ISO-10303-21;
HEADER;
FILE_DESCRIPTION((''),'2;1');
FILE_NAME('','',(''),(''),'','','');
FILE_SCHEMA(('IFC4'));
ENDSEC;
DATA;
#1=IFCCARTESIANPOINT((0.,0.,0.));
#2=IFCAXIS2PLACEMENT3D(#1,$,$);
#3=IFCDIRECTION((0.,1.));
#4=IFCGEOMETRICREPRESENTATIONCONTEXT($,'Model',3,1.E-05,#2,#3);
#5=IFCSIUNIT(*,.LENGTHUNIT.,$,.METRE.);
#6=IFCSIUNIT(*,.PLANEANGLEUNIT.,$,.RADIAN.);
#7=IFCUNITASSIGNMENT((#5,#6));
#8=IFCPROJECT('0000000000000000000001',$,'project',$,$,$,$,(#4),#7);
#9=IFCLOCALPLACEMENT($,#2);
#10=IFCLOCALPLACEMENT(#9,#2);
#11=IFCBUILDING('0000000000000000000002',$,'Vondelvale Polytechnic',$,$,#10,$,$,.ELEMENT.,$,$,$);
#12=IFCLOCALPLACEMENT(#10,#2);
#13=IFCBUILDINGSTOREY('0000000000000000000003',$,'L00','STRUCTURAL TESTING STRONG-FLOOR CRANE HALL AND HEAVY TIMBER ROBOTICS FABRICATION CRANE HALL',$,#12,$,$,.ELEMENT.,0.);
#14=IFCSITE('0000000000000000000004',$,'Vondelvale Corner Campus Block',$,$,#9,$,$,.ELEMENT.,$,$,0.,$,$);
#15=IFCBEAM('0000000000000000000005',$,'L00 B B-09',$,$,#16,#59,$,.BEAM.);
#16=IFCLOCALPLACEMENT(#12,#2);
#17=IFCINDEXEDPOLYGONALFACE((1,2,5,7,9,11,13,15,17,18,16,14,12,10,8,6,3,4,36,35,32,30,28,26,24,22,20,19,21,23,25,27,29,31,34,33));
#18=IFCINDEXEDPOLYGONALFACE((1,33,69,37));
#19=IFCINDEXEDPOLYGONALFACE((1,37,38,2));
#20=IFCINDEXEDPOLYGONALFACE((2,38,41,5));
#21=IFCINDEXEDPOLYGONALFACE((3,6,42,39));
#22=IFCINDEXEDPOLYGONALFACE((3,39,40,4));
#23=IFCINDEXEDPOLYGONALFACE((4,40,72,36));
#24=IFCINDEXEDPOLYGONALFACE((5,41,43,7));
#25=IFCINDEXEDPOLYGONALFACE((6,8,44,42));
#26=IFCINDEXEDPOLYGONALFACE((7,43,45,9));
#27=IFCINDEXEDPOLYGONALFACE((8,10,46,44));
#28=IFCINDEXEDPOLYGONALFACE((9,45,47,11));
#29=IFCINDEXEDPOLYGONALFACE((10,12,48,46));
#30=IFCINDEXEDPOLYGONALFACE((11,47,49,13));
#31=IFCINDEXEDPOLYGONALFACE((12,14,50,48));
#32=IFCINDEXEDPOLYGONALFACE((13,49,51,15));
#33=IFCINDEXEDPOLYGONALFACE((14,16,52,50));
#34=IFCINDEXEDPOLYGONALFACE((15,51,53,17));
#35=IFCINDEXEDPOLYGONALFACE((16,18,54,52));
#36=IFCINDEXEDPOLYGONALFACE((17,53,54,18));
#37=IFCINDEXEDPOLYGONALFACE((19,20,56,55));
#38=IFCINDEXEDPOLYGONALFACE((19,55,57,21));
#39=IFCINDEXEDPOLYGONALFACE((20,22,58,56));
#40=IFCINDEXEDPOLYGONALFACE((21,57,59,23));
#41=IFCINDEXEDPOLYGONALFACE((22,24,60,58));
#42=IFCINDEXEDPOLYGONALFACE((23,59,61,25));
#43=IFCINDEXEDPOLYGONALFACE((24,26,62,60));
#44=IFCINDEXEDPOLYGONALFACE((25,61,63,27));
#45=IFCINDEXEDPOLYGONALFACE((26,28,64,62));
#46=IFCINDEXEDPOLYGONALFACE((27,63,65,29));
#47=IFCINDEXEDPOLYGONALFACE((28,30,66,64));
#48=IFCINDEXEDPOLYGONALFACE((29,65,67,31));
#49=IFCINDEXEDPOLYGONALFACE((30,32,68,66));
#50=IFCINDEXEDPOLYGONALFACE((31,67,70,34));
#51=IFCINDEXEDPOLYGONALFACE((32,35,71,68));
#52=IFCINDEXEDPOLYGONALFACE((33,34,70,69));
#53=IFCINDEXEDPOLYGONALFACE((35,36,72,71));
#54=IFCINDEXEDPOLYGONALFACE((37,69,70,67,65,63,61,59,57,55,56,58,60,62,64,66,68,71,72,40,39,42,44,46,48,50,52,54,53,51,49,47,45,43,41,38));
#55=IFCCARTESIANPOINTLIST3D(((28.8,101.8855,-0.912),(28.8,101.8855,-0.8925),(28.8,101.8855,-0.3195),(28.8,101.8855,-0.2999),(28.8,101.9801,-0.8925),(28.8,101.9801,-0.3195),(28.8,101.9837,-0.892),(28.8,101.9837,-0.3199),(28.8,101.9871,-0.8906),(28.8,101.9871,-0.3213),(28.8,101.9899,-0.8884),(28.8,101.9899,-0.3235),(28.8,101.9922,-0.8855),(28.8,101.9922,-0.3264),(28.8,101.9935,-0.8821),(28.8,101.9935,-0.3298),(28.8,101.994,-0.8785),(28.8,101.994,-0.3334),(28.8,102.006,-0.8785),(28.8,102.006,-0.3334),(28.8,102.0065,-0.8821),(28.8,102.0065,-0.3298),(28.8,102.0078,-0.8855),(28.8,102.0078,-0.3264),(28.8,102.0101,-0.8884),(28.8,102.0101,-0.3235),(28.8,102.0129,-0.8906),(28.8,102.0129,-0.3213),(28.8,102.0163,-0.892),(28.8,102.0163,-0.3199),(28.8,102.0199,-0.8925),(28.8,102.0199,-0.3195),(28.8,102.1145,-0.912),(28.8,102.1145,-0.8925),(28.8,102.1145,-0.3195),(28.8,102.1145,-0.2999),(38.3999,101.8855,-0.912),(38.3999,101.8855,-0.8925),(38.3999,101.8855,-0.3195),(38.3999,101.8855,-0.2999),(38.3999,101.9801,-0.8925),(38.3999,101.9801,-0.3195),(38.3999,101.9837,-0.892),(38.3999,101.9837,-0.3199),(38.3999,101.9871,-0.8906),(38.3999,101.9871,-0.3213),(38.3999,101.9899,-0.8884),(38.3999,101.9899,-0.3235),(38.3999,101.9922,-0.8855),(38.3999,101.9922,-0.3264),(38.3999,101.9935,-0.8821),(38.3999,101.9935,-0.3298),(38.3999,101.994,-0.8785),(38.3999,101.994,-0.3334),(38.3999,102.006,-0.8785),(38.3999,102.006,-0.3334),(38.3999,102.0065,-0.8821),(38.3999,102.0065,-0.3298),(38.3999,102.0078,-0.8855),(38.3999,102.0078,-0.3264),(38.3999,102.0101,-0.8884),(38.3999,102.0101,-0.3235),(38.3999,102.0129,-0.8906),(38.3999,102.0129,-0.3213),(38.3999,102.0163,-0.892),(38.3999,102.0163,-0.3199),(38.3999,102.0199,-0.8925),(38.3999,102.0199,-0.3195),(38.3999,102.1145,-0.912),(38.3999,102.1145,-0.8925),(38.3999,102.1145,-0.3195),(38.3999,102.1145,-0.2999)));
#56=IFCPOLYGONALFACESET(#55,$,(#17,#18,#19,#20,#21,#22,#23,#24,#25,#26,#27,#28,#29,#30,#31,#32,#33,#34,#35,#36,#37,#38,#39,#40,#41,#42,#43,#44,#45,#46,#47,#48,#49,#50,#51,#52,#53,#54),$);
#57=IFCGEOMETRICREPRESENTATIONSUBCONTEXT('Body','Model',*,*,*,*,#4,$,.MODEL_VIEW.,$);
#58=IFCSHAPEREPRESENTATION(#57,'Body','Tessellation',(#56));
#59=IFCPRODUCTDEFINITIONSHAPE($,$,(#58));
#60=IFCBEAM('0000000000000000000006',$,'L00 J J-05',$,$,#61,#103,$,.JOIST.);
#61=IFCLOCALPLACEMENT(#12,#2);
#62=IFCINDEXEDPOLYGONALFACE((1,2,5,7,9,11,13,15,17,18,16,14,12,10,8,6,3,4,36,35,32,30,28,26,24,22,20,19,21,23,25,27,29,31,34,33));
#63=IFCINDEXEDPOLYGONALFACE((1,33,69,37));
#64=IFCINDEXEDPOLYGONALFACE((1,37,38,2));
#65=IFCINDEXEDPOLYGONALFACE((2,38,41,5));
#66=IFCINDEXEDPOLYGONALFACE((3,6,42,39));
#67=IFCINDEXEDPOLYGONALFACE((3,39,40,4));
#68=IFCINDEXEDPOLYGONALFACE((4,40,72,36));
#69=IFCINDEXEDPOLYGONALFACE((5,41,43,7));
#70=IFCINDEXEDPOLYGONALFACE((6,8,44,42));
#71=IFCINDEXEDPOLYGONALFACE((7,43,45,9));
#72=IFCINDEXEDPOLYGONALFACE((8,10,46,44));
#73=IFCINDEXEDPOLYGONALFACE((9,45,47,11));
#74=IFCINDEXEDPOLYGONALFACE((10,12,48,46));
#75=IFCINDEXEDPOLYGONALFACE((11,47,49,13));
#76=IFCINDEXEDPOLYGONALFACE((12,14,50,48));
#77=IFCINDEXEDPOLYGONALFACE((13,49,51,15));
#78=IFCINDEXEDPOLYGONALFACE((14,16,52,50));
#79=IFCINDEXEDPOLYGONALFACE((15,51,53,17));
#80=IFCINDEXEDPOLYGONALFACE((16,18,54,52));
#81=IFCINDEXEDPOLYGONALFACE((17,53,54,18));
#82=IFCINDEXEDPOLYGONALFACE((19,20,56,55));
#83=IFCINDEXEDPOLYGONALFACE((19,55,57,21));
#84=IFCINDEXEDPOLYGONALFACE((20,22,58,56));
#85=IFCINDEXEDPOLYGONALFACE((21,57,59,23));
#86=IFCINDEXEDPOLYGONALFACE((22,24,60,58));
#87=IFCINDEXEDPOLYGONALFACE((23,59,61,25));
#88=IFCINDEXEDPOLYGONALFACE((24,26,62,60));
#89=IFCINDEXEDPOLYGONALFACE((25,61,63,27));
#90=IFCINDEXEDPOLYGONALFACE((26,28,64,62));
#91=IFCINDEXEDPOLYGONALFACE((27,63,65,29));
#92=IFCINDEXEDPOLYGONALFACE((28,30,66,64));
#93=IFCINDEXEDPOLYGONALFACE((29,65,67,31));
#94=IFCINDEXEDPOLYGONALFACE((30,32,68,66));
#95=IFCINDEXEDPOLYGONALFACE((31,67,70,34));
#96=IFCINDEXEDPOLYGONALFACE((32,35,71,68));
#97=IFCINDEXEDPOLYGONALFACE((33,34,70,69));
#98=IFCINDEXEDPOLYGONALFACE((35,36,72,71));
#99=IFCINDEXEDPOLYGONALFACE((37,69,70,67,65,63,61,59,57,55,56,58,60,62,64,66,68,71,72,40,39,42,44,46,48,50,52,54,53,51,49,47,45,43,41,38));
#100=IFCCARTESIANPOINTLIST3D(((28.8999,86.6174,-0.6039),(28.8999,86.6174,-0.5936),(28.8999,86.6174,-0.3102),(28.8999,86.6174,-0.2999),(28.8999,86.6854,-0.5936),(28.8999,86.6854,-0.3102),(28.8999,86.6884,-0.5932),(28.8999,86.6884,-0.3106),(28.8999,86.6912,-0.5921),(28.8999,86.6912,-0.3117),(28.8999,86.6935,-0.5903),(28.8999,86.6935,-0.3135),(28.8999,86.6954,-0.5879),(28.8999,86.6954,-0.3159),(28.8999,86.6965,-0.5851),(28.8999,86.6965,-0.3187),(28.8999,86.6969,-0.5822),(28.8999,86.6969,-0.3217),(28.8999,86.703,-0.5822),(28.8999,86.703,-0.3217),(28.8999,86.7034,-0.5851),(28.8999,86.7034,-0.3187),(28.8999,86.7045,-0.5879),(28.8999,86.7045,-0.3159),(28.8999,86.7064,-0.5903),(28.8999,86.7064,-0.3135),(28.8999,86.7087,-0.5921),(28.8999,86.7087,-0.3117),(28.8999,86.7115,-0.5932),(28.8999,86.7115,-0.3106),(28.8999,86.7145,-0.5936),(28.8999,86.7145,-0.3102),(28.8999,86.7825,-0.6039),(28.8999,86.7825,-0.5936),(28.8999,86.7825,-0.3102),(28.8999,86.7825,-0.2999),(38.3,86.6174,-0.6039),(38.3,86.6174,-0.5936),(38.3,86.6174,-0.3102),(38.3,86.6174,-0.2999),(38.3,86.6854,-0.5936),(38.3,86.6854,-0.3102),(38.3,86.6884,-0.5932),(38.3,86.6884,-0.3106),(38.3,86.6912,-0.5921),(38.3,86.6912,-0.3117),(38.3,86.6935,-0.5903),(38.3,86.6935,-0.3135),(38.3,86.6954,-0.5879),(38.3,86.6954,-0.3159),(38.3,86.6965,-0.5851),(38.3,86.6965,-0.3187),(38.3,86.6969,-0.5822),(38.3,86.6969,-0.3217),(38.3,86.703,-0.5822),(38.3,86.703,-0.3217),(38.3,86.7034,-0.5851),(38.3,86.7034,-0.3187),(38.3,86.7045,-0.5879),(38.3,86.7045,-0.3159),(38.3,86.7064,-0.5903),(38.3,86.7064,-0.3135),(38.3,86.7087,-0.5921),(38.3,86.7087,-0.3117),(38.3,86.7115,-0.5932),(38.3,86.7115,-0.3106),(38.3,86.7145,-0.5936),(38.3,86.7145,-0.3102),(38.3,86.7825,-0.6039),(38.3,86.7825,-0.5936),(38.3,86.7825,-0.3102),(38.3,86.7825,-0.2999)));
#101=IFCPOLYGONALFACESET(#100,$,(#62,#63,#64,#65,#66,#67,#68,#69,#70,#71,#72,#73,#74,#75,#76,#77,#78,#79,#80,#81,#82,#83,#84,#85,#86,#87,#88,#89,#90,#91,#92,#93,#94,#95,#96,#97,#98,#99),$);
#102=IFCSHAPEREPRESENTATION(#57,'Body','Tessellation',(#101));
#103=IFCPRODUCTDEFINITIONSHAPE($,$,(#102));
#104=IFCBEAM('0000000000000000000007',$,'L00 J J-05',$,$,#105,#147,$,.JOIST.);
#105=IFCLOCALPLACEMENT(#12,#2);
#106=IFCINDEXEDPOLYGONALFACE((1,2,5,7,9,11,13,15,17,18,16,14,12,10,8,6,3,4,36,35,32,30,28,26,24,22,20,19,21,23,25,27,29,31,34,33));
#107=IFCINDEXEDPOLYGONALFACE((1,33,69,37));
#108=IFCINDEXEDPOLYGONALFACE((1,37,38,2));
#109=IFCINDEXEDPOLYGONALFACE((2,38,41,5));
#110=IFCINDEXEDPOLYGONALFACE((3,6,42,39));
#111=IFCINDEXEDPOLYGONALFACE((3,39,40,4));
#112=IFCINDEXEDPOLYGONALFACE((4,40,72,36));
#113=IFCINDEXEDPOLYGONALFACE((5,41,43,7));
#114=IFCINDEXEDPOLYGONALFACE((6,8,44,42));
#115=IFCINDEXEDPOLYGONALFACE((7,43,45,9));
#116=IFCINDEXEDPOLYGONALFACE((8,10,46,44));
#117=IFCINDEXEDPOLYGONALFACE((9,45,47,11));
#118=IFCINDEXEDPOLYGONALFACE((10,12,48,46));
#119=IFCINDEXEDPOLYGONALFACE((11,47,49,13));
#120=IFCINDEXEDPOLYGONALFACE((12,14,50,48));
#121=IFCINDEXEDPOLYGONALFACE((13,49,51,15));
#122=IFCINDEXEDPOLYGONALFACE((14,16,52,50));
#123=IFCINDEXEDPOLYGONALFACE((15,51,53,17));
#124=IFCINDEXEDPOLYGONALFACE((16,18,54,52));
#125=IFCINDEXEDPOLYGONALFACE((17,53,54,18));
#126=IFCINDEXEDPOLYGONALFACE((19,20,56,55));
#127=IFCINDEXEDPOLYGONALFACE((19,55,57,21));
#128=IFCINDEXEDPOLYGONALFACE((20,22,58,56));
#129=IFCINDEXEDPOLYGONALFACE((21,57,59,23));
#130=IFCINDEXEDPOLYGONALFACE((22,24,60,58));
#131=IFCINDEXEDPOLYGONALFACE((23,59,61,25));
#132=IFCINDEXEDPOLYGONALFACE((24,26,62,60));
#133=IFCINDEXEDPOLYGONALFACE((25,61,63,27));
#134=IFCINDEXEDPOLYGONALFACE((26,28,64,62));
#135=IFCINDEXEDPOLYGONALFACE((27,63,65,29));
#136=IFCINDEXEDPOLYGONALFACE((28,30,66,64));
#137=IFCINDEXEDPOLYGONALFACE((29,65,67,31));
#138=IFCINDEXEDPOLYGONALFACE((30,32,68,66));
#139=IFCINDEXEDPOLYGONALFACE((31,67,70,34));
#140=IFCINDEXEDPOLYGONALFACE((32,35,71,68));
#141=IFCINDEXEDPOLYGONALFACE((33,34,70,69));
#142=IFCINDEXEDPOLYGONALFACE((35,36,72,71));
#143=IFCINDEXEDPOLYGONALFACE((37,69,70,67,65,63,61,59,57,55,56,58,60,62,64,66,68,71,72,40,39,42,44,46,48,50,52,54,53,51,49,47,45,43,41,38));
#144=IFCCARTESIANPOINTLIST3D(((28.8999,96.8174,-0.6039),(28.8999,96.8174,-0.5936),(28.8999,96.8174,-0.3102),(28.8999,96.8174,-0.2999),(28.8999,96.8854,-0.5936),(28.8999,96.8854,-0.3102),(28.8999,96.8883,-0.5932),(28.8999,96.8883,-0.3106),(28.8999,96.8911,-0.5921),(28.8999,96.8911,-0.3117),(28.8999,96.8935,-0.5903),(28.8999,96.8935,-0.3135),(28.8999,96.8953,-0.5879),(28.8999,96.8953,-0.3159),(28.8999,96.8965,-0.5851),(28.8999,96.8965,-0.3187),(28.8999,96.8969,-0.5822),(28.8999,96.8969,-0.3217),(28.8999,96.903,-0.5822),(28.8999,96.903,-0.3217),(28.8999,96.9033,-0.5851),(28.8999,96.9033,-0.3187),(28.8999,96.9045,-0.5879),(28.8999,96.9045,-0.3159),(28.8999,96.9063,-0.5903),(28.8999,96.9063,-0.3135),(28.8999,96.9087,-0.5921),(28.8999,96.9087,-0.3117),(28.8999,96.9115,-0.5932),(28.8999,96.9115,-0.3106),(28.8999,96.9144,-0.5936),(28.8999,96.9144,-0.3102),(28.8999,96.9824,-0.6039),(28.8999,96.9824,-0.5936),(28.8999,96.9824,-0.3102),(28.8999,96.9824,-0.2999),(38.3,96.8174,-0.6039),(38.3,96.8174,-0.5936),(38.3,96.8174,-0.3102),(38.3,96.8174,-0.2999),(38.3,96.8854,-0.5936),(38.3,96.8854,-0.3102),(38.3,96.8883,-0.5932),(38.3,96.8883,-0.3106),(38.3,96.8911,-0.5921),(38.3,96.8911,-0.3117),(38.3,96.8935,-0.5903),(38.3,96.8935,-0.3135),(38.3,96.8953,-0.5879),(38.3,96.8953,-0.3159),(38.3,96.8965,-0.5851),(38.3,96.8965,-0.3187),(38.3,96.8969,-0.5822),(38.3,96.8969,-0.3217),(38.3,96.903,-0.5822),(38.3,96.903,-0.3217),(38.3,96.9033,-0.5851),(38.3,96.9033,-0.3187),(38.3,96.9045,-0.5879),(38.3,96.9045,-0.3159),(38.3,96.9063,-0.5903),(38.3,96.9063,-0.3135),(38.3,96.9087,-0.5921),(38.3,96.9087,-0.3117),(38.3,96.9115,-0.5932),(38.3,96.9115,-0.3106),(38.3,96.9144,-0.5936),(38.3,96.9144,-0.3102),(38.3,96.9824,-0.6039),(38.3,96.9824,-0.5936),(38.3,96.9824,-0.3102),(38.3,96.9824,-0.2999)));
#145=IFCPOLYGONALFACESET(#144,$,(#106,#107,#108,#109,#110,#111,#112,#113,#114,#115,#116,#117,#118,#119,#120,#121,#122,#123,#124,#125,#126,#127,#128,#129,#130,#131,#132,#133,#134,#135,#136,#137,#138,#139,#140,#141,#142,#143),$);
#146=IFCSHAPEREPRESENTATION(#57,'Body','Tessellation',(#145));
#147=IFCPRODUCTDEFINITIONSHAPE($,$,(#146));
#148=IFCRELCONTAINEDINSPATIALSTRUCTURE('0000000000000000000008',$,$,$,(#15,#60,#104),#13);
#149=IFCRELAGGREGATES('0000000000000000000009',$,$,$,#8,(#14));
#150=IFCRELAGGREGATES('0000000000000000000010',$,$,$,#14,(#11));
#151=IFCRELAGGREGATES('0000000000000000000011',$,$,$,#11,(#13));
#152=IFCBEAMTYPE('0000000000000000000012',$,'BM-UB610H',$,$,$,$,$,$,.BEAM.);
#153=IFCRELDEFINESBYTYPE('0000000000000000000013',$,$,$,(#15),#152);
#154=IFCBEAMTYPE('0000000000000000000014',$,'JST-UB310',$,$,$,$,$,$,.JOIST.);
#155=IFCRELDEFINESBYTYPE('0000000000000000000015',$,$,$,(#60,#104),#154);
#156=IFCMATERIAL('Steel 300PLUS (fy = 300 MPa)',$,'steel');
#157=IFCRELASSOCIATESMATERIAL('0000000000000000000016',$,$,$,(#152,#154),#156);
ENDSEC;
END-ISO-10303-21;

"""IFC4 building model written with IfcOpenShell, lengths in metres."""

from ifc_helpers import new_model, si_unit, direction, frame, origin, origin_2d, place, context, subcontext, project, spatial, i_section, extrude, material, material_profile, profile_set, type_object, element, save


model = new_model("IFC4")

# Units and contexts
model_context = context("Model", 3, precision=1e-05, world=origin(), true_north=direction((0.0, 1.0)))
body_context = subcontext(model_context, "Body", "Model", "MODEL_VIEW")
ifc_project = project(units=[si_unit("LENGTHUNIT", "METRE"), si_unit("PLANEANGLEUNIT", "RADIAN")], contexts=[model_context])

# Site, building, storey
site_placement = place(None, origin())
site = spatial("IfcSite", under=ifc_project, at=site_placement, Name="Vondelvale Corner Campus Block", CompositionType="ELEMENT", RefElevation=0.0)
building_placement = place(site_placement, origin())
building = spatial("IfcBuilding", under=site, at=building_placement, Name="Vondelvale Polytechnic", CompositionType="ELEMENT")
storey_placement = place(building_placement, origin())
storey = spatial("IfcBuildingStorey", under=building, at=storey_placement, Name="L00", Description="STRUCTURAL TESTING STRONG-FLOOR CRANE HALL AND HEAVY TIMBER ROBOTICS FABRICATION CRANE HALL", CompositionType="ELEMENT", Elevation=0.0)

# Beams
ifc_material_1 = material(Name="Steel 300PLUS (fy = 300 MPa)", Category="steel")
ifc_material_profile_1 = material_profile(ifc_material_1, i_section(OverallWidth=0.229, OverallDepth=0.6121, WebThickness=0.012, FlangeThickness=0.0195, FilletRadius=0.0139, at=origin_2d()), Name="610UB125")
ifc_profile_set_1 = profile_set([ifc_material_profile_1], Name="Steel 300PLUS (fy = 300 MPa)")
beam_type_1 = type_object("IfcBeamType", Name="BM-UB610H", PredefinedType="BEAM", material=ifc_profile_set_1)
for number, where, z_axis, x_axis, name in (
    (1, (28.8, 102.0, -0.606), (1.0, 0.0, 0.0), (0.0, 1.0, 0.0), "L00 B B-09"),
):
    element("IfcBeam", number, at=place(storey_placement, frame(where, z_axis=z_axis, x_axis=x_axis)), inside=storey, type_object=beam_type_1, Name=name, PredefinedType="BEAM", context=body_context, shape_type="SweptSolid", body=[
        extrude(i_section(OverallWidth=0.229, OverallDepth=0.6121, WebThickness=0.012, FlangeThickness=0.0195, FilletRadius=0.0139, at=origin_2d()), origin(), (0.0, 0.0, 1.0), 9.5999),
    ])
ifc_material_profile_2 = material_profile(ifc_material_1, i_section(OverallWidth=0.165, OverallDepth=0.304, WebThickness=0.0061, FlangeThickness=0.0103, FilletRadius=0.0115, at=origin_2d()), Name="310UB40.4")
ifc_profile_set_2 = profile_set([ifc_material_profile_2], Name="Steel 300PLUS (fy = 300 MPa)")
beam_type_2 = type_object("IfcBeamType", Name="JST-UB310", PredefinedType="JOIST", material=ifc_profile_set_2)
for number, where, z_axis, x_axis, name in (
    (2, (28.8999, 86.7, -0.4519), (1.0, 0.0, 0.0), (0.0, 1.0, 0.0), "L00 J J-05"),
    (3, (28.8999, 96.8999, -0.4519), (1.0, 0.0, 0.0), (0.0, 1.0, 0.0), "L00 J J-05"),
):
    element("IfcBeam", number, at=place(storey_placement, frame(where, z_axis=z_axis, x_axis=x_axis)), inside=storey, type_object=beam_type_2, Name=name, PredefinedType="JOIST", context=body_context, shape_type="SweptSolid", body=[
        extrude(i_section(OverallWidth=0.165, OverallDepth=0.304, WebThickness=0.0061, FlangeThickness=0.0103, FilletRadius=0.0115, at=origin_2d()), origin(), (0.0, 0.0, 1.0), 9.4001),
    ])

save(model, "model.ifc")
